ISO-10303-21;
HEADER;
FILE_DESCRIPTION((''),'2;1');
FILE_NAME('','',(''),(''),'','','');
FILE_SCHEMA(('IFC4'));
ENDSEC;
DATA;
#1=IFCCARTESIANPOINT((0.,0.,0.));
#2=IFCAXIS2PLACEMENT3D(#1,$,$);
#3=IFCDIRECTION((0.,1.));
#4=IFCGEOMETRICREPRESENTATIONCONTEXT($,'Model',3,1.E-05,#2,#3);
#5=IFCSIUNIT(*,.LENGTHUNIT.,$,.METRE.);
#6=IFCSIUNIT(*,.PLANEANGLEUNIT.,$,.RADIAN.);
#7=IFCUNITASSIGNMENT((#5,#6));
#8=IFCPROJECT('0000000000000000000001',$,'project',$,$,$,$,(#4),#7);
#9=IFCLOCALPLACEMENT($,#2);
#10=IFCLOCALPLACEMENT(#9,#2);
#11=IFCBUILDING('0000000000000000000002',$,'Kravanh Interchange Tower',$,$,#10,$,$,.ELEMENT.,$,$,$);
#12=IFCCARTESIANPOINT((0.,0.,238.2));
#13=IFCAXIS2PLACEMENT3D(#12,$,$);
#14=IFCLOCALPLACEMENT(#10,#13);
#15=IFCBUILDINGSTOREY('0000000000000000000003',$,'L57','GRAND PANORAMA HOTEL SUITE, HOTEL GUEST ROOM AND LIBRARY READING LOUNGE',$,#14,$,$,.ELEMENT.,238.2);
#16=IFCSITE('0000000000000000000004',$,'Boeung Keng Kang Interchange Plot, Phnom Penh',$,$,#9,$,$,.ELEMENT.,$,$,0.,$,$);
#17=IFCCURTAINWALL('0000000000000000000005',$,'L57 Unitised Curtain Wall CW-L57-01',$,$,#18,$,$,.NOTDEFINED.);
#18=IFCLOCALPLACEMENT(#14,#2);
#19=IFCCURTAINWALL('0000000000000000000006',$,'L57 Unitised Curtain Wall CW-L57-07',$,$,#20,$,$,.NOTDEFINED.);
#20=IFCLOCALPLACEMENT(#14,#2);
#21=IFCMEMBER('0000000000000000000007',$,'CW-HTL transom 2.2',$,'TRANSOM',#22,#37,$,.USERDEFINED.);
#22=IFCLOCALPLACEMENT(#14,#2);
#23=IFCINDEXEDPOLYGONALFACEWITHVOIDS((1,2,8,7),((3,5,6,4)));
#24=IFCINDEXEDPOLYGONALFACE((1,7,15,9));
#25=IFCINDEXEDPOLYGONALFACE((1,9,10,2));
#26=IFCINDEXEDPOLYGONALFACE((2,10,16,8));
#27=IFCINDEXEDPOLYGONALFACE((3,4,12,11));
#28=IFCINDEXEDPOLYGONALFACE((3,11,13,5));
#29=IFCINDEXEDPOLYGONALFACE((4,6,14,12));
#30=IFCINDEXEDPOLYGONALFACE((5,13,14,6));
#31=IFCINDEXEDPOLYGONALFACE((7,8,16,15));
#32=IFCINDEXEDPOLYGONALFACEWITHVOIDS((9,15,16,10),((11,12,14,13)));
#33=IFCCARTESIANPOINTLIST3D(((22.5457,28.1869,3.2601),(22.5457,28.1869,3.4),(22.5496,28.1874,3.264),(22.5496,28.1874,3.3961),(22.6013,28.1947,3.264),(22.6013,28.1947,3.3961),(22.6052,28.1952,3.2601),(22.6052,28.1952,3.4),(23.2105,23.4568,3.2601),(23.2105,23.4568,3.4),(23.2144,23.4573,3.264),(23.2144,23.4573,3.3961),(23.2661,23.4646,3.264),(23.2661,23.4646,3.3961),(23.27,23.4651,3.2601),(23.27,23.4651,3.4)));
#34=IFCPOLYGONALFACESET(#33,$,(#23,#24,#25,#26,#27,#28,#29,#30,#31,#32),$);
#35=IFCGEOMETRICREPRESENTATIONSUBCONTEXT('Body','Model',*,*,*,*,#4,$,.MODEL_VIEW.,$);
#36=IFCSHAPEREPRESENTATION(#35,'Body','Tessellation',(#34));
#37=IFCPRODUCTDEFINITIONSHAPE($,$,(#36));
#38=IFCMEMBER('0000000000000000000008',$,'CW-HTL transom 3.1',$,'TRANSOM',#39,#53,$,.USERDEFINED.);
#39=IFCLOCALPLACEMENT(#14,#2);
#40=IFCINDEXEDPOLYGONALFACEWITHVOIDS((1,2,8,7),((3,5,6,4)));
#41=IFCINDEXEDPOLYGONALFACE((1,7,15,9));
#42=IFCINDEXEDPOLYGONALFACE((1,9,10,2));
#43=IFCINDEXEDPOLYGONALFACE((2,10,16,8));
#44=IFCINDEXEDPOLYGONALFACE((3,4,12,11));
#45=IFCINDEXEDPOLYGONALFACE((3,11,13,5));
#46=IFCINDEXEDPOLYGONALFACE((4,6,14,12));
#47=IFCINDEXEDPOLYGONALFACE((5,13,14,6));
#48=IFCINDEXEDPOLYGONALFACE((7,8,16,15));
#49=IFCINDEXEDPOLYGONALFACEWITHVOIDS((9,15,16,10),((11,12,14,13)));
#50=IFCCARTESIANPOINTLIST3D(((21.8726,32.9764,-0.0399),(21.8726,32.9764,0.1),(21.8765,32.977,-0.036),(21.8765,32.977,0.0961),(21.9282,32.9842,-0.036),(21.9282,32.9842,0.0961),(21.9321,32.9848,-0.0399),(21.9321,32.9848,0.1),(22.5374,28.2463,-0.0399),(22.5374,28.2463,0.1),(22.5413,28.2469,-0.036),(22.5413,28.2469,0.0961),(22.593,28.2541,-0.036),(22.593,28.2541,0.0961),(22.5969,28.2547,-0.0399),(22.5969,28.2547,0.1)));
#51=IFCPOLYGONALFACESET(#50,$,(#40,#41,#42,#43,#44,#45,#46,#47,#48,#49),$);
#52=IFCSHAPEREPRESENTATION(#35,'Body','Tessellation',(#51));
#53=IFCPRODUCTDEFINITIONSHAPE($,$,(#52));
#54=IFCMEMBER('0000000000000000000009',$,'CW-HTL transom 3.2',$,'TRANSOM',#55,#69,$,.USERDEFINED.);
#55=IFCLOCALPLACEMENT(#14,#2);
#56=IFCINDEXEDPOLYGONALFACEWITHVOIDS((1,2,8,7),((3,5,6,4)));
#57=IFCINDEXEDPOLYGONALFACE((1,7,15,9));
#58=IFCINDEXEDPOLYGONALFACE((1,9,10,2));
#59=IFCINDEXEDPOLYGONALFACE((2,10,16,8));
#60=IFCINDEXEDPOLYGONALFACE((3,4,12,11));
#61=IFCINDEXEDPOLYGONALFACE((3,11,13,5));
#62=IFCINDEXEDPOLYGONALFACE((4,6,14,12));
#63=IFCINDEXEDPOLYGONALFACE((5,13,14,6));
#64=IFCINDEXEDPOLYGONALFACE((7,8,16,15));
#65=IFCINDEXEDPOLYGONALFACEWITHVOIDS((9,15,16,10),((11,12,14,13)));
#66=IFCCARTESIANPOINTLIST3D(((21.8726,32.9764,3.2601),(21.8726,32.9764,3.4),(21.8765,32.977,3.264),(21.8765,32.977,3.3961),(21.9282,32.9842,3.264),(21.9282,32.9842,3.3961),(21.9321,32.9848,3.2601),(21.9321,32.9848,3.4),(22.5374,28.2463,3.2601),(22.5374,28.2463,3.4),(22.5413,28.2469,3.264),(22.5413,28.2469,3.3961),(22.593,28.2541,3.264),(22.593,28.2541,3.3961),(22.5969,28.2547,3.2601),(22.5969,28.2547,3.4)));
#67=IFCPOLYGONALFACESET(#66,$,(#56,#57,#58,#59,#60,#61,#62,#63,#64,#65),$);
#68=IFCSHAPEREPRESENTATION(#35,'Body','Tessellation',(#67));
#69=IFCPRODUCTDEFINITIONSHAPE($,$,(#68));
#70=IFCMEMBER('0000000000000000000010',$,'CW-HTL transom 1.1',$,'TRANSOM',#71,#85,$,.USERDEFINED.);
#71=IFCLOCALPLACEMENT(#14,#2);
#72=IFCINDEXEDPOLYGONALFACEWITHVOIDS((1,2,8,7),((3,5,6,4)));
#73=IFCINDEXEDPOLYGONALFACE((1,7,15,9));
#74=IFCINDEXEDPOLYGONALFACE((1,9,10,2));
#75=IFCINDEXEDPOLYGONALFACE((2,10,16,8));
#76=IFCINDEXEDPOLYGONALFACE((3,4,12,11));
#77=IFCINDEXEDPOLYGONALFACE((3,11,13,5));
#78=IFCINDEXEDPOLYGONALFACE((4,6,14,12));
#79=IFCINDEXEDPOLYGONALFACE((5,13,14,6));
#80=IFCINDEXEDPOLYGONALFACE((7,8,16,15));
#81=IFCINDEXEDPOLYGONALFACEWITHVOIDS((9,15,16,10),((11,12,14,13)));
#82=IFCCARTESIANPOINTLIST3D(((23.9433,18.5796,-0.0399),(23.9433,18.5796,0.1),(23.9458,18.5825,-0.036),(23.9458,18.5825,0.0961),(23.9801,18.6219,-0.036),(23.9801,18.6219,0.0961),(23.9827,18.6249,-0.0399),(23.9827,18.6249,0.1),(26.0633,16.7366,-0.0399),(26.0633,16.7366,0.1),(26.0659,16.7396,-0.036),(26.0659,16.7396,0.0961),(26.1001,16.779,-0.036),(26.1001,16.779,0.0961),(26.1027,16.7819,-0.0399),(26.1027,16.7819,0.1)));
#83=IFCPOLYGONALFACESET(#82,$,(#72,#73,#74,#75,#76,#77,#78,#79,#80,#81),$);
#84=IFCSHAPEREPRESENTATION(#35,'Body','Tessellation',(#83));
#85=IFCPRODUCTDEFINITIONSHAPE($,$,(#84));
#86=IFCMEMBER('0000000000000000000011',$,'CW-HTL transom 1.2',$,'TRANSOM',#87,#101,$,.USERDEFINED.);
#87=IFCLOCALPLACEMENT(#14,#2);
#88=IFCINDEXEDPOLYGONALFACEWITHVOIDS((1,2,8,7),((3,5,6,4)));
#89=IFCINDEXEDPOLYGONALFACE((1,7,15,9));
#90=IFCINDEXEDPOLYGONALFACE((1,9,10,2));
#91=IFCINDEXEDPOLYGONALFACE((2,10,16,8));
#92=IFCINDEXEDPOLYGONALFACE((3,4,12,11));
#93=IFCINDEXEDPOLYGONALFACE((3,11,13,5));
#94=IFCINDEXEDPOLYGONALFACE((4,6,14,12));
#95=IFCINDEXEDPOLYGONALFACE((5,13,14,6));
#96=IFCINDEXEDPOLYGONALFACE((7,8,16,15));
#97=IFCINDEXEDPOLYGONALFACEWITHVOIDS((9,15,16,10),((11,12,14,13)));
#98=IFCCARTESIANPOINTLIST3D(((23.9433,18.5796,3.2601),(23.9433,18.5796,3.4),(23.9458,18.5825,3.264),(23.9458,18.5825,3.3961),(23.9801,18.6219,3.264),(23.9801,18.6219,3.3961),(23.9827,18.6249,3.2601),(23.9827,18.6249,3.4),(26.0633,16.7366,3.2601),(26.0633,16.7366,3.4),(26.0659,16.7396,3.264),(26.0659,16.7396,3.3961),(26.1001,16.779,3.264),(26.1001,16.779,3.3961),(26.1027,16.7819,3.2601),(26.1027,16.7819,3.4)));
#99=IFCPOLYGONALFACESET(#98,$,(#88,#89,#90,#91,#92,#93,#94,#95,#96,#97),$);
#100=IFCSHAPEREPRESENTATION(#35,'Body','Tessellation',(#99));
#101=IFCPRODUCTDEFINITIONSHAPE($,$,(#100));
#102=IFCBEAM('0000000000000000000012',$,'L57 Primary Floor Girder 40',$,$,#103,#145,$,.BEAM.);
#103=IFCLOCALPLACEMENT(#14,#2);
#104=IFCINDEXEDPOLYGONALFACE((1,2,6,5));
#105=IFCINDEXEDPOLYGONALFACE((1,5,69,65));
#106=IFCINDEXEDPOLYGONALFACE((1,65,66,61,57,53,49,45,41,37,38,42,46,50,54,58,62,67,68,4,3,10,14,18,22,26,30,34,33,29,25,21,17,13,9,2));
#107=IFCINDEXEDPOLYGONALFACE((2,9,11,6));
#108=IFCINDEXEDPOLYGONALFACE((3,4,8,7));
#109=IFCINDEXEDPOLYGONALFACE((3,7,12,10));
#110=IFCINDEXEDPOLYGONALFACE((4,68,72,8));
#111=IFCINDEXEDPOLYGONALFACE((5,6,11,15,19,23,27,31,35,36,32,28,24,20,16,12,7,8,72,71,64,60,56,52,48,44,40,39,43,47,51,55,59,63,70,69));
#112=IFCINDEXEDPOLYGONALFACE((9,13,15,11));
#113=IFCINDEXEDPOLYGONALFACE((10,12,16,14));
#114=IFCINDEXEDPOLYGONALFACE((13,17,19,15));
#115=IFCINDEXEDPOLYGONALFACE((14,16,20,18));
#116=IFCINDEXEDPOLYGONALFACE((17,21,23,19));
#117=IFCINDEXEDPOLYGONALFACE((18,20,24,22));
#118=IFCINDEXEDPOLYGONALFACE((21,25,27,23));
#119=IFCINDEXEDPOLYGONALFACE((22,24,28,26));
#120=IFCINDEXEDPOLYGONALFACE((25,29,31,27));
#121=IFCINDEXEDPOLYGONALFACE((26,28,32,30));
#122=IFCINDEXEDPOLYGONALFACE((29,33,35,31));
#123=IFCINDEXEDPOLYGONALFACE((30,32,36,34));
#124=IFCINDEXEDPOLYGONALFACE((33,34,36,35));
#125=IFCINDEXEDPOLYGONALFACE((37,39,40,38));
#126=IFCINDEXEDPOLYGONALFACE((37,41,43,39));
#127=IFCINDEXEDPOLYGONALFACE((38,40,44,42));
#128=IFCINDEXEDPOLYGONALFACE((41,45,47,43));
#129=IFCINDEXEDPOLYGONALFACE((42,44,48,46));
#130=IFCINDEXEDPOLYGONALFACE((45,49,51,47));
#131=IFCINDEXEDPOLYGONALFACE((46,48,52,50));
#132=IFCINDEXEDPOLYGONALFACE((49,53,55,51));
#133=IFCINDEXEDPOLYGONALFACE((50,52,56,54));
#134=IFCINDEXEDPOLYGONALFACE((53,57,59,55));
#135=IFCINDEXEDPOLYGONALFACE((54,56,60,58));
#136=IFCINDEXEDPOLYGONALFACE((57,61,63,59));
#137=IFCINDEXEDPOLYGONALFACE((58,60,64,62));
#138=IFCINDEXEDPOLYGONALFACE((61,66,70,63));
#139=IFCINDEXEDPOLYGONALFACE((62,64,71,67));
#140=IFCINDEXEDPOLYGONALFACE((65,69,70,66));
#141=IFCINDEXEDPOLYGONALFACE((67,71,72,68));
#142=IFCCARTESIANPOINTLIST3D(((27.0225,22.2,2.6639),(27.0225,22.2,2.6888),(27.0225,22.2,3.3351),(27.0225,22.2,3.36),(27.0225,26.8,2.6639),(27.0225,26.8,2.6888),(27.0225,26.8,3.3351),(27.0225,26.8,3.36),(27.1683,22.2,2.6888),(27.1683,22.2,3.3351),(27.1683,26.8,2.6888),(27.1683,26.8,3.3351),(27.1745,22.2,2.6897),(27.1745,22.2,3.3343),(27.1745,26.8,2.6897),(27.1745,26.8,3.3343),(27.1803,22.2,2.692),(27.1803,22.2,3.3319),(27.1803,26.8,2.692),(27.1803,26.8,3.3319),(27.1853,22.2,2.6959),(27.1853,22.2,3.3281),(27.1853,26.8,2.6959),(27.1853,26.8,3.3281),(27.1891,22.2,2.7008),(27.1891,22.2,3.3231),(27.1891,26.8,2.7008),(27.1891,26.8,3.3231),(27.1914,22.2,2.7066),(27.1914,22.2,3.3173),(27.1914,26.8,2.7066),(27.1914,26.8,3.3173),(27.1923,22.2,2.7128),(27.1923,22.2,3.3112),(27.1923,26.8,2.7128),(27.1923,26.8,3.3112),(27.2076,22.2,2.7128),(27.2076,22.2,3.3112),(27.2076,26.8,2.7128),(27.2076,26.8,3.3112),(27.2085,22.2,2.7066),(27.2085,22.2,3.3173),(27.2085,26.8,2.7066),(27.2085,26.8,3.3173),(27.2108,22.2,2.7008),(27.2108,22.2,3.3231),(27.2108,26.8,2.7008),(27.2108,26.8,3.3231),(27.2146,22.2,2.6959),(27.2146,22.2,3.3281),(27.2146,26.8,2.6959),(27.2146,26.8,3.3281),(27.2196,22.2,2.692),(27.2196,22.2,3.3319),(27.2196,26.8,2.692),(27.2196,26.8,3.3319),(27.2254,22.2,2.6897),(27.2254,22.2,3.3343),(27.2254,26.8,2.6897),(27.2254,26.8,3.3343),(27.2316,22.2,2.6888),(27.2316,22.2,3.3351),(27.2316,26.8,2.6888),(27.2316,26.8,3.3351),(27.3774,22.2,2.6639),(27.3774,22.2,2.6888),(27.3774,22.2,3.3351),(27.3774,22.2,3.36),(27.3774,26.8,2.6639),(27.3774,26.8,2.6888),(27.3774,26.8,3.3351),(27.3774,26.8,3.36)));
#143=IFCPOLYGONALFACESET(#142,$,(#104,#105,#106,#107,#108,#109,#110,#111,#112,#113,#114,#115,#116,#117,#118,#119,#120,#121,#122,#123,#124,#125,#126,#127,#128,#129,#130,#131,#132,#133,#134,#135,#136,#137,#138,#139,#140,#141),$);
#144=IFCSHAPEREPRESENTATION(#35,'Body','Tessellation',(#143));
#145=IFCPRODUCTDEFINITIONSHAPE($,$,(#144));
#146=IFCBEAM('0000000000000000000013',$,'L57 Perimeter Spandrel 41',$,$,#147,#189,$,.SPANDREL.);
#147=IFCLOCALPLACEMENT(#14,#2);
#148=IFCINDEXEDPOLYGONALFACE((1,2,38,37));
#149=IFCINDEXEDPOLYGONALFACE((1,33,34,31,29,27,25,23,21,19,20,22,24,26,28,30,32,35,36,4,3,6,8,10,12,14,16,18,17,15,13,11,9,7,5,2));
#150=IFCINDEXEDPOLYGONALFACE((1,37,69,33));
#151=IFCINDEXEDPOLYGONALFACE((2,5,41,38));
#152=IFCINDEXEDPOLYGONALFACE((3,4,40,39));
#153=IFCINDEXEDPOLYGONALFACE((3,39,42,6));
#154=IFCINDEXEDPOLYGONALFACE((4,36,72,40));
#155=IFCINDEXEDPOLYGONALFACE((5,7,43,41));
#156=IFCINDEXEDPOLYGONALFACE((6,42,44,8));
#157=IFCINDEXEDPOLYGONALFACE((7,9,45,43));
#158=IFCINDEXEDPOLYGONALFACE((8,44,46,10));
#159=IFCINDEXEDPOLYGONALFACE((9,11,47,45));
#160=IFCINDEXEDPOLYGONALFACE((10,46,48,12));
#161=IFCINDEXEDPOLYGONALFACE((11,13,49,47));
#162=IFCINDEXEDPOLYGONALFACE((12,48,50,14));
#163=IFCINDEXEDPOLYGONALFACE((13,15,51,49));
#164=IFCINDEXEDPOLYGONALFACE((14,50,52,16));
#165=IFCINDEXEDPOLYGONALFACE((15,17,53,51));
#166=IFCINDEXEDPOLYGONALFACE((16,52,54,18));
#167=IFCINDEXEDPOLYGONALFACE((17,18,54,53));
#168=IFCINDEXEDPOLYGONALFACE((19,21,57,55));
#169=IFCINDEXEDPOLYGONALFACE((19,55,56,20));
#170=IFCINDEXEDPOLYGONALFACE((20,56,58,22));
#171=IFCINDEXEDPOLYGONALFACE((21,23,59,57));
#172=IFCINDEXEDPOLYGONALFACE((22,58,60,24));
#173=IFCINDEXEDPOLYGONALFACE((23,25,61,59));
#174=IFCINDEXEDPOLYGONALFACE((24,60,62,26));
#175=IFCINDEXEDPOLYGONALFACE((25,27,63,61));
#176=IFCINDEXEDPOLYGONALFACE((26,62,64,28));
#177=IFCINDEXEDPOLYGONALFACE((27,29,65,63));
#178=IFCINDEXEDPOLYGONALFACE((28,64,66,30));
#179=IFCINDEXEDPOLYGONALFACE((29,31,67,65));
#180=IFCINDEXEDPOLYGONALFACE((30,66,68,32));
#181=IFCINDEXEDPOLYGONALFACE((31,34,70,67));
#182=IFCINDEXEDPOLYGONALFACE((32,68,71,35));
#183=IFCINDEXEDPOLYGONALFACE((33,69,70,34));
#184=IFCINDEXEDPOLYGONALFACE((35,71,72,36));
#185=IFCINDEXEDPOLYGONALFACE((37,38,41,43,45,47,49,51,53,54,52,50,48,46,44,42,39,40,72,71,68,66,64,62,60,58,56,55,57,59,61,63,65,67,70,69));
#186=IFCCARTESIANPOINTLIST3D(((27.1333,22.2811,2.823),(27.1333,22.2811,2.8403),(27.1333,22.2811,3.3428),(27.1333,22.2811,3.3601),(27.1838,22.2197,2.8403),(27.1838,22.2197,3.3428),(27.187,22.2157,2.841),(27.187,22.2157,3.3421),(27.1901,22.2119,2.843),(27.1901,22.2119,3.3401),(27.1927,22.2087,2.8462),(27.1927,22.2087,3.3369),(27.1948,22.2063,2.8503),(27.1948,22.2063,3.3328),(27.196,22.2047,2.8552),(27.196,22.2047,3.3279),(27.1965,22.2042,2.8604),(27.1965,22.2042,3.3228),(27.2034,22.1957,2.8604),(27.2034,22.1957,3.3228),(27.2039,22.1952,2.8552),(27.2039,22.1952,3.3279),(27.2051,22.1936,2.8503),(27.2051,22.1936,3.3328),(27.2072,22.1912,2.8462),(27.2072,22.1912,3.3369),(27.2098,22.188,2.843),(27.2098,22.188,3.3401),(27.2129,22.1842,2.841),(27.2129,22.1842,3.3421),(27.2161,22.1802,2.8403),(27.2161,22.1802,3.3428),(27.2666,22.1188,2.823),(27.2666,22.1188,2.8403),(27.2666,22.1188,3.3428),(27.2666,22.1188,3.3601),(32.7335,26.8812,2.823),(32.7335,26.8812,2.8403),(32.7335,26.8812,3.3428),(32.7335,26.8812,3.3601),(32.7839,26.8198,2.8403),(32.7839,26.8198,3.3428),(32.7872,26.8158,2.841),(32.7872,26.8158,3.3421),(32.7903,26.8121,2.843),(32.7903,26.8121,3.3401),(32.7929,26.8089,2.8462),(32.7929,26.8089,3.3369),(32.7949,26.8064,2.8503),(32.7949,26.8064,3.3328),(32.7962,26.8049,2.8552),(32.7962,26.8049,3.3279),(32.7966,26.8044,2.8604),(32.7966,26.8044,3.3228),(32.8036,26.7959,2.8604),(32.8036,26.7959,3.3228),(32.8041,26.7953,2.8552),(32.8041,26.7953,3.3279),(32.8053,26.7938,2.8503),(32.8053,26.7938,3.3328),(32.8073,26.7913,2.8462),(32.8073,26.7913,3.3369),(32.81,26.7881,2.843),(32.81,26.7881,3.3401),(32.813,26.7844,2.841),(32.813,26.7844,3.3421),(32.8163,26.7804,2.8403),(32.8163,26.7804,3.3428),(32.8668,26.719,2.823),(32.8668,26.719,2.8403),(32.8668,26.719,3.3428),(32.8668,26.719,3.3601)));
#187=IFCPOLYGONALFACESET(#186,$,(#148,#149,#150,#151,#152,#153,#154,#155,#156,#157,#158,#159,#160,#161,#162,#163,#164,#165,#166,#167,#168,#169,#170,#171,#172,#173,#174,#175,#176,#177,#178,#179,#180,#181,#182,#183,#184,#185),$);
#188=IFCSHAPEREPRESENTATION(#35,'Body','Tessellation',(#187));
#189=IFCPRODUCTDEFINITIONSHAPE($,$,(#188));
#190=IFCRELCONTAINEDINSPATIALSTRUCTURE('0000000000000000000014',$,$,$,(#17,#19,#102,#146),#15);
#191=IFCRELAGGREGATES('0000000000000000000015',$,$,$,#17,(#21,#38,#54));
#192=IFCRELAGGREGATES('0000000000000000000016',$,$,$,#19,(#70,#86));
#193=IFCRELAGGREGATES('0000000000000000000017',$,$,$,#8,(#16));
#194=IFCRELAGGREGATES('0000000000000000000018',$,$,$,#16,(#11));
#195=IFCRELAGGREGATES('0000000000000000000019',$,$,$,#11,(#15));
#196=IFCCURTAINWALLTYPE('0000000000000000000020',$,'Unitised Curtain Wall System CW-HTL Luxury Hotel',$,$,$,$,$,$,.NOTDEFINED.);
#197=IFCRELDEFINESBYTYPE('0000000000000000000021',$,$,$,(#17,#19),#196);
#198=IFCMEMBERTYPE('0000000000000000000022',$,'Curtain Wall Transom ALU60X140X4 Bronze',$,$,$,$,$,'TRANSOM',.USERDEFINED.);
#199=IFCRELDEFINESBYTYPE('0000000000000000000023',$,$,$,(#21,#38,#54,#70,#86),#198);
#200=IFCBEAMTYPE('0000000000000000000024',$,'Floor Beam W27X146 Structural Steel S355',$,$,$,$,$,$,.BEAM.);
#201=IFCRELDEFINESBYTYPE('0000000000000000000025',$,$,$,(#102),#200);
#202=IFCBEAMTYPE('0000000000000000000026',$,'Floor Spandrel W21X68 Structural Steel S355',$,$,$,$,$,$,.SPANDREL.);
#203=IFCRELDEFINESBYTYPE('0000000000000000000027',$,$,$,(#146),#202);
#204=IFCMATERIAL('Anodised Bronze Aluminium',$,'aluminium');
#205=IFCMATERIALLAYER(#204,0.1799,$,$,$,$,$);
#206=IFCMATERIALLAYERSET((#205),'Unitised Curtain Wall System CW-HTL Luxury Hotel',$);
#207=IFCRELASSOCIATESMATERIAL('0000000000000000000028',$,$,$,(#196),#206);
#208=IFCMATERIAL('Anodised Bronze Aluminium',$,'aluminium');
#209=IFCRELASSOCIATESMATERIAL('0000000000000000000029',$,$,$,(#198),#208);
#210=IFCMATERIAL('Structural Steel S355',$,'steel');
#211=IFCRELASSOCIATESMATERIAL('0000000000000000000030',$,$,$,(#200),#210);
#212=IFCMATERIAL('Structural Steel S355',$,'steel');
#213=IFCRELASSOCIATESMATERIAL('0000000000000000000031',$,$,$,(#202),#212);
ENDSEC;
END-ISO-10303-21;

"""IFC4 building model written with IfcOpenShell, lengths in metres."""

from ifc_helpers import new_model, si_unit, direction, frame, origin, origin_2d, place, context, subcontext, project, spatial, hollow_rectangle, i_section, extrude, material, layer, layer_set, material_profile, profile_set, type_object, element, aggregate, save


model = new_model("IFC4")

# Units and contexts
model_context = context("Model", 3, precision=1e-05, world=origin(), true_north=direction((0.0, 1.0)))
body_context = subcontext(model_context, "Body", "Model", "MODEL_VIEW")
ifc_project = project(units=[si_unit("LENGTHUNIT", "METRE"), si_unit("PLANEANGLEUNIT", "RADIAN")], contexts=[model_context])

# Site, building, storey
site_placement = place(None, origin())
site = spatial("IfcSite", under=ifc_project, at=site_placement, Name="Boeung Keng Kang Interchange Plot, Phnom Penh", CompositionType="ELEMENT", RefElevation=0.0)
building_placement = place(site_placement, origin())
building = spatial("IfcBuilding", under=site, at=building_placement, Name="Kravanh Interchange Tower", CompositionType="ELEMENT")
storey_placement = place(building_placement, frame((0.0, 0.0, 238.2)))
storey = spatial("IfcBuildingStorey", under=building, at=storey_placement, Name="L57", Description="GRAND PANORAMA HOTEL SUITE, HOTEL GUEST ROOM AND LIBRARY READING LOUNGE", CompositionType="ELEMENT", Elevation=238.2)

# Curtain wall
ifc_material_1 = material(Name="Anodised Bronze Aluminium", Category="aluminium")
ifc_layer_1 = layer(ifc_material_1, 0.1799)
ifc_layer_set_1 = layer_set([ifc_layer_1], Name="Unitised Curtain Wall System CW-HTL Luxury Hotel")
curtain_wall_type = type_object("IfcCurtainWallType", Name="Unitised Curtain Wall System CW-HTL Luxury Hotel", PredefinedType="NOTDEFINED", material=ifc_layer_set_1)
curtain_wall_1_placement = place(storey_placement, origin())
curtain_wall_1 = element("IfcCurtainWall", 1, at=curtain_wall_1_placement, inside=storey, type_object=curtain_wall_type, Name="L57 Unitised Curtain Wall CW-L57-01", PredefinedType="NOTDEFINED")

# Curtain wall
curtain_wall_2_placement = place(storey_placement, origin())
curtain_wall_2 = element("IfcCurtainWall", 2, at=curtain_wall_2_placement, inside=storey, type_object=curtain_wall_type, Name="L57 Unitised Curtain Wall CW-L57-07", PredefinedType="NOTDEFINED")

# Members
ifc_material_2 = material(Name="Anodised Bronze Aluminium", Category="aluminium")
ifc_material_profile_1 = material_profile(ifc_material_2, hollow_rectangle(XDim=0.0601, YDim=0.1399, WallThickness=0.0039, at=origin_2d()), Name="ALU60X140X4")
ifc_profile_set_1 = profile_set([ifc_material_profile_1], Name="Anodised Bronze Aluminium")
member_type_1 = type_object("IfcMemberType", Name="Curtain Wall Transom ALU60X140X4 Bronze", ElementType="TRANSOM", PredefinedType="USERDEFINED", material=ifc_profile_set_1)
member_1_placement = place(storey_placement, frame((23.2402, 23.4609, 3.3301), z_axis=(-0.139174, 0.990268, 0.0), x_axis=(-0.990268, -0.139174, 0.0)))
member_1 = element("IfcMember", 3, at=member_1_placement, type_object=member_type_1, Name="CW-HTL transom 2.2", ObjectType="TRANSOM", PredefinedType="USERDEFINED", context=body_context, shape_type="SweptSolid", body=[
    extrude(hollow_rectangle(XDim=0.0601, YDim=0.1399, WallThickness=0.0039, at=origin_2d()), origin(), (0.0, 0.0, 1.0), 4.7766),
])
member_2_placement = place(storey_placement, frame((22.5671, 28.2505, 0.03), z_axis=(-0.139174, 0.990268, 0.0), x_axis=(-0.990268, -0.139174, 0.0)))
member_2 = element("IfcMember", 4, at=member_2_placement, type_object=member_type_1, Name="CW-HTL transom 3.1", ObjectType="TRANSOM", PredefinedType="USERDEFINED", context=body_context, shape_type="SweptSolid", body=[
    extrude(hollow_rectangle(XDim=0.0601, YDim=0.1399, WallThickness=0.0039, at=origin_2d()), origin(), (0.0, 0.0, 1.0), 4.7766),
])
member_3_placement = place(storey_placement, frame((22.5671, 28.2505, 3.3301), z_axis=(-0.139174, 0.990268, 0.0), x_axis=(-0.990268, -0.139174, 0.0)))
member_3 = element("IfcMember", 5, at=member_3_placement, type_object=member_type_1, Name="CW-HTL transom 3.2", ObjectType="TRANSOM", PredefinedType="USERDEFINED", context=body_context, shape_type="SweptSolid", body=[
    extrude(hollow_rectangle(XDim=0.0601, YDim=0.1399, WallThickness=0.0039, at=origin_2d()), origin(), (0.0, 0.0, 1.0), 4.7766),
])
member_4_placement = place(storey_placement, frame((26.083, 16.7593, 0.03), z_axis=(-0.754705, 0.656065, 0.0), x_axis=(-0.656065, -0.754705, 0.0)))
member_4 = element("IfcMember", 6, at=member_4_placement, type_object=member_type_1, Name="CW-HTL transom 1.1", ObjectType="TRANSOM", PredefinedType="USERDEFINED", context=body_context, shape_type="SweptSolid", body=[
    extrude(hollow_rectangle(XDim=0.0601, YDim=0.1399, WallThickness=0.0039, at=origin_2d()), origin(), (0.0, 0.0, 1.0), 2.8091),
])
member_5_placement = place(storey_placement, frame((26.083, 16.7593, 3.3301), z_axis=(-0.754705, 0.656065, 0.0), x_axis=(-0.656065, -0.754705, 0.0)))
member_5 = element("IfcMember", 7, at=member_5_placement, type_object=member_type_1, Name="CW-HTL transom 1.2", ObjectType="TRANSOM", PredefinedType="USERDEFINED", context=body_context, shape_type="SweptSolid", body=[
    extrude(hollow_rectangle(XDim=0.0601, YDim=0.1399, WallThickness=0.0039, at=origin_2d()), origin(), (0.0, 0.0, 1.0), 2.8091),
])

# Beams
ifc_material_3 = material(Name="Structural Steel S355", Category="steel")
ifc_material_profile_2 = material_profile(ifc_material_3, i_section(OverallWidth=0.355, OverallDepth=0.696, WebThickness=0.0154, FlangeThickness=0.0249, FilletRadius=0.0239, at=origin_2d()), Name="W27X146")
ifc_profile_set_2 = profile_set([ifc_material_profile_2], Name="Structural Steel S355")
beam_type_1 = type_object("IfcBeamType", Name="Floor Beam W27X146 Structural Steel S355", PredefinedType="BEAM", material=ifc_profile_set_2)
beam_1_placement = place(storey_placement, frame((27.2, 22.2, 3.012), z_axis=(0.0, 1.0, 0.0), x_axis=(-1.0, 0.0, 0.0)))
element("IfcBeam", 8, at=beam_1_placement, inside=storey, type_object=beam_type_1, Name="L57 Primary Floor Girder 40", PredefinedType="BEAM", context=body_context, shape_type="SweptSolid", body=[
    extrude(i_section(OverallWidth=0.355, OverallDepth=0.696, WebThickness=0.0154, FlangeThickness=0.0249, FilletRadius=0.0239, at=origin_2d()), origin(), (0.0, 0.0, 1.0), 4.6001),
])
ifc_material_4 = material(Name="Structural Steel S355", Category="steel")
ifc_material_profile_3 = material_profile(ifc_material_4, i_section(OverallWidth=0.21, OverallDepth=0.5371, WebThickness=0.011, FlangeThickness=0.0173, FilletRadius=0.02, at=origin_2d()), Name="W21X68")
ifc_profile_set_3 = profile_set([ifc_material_profile_3], Name="Structural Steel S355")
beam_type_2 = type_object("IfcBeamType", Name="Floor Spandrel W21X68 Structural Steel S355", PredefinedType="SPANDREL", material=ifc_profile_set_3)
beam_2_placement = place(storey_placement, frame((27.2, 22.2, 3.0916), z_axis=(0.772725, 0.634741, 0.0), x_axis=(-0.634741, 0.772725, 0.0)))
element("IfcBeam", 9, at=beam_2_placement, inside=storey, type_object=beam_type_2, Name="L57 Perimeter Spandrel 41", PredefinedType="SPANDREL", context=body_context, shape_type="SweptSolid", body=[
    extrude(i_section(OverallWidth=0.21, OverallDepth=0.5371, WebThickness=0.011, FlangeThickness=0.0173, FilletRadius=0.02, at=origin_2d()), origin(), (0.0, 0.0, 1.0), 7.2473),
])

aggregate(curtain_wall_1, [member_1, member_2, member_3])
aggregate(curtain_wall_2, [member_4, member_5])

save(model, "model.ifc")
